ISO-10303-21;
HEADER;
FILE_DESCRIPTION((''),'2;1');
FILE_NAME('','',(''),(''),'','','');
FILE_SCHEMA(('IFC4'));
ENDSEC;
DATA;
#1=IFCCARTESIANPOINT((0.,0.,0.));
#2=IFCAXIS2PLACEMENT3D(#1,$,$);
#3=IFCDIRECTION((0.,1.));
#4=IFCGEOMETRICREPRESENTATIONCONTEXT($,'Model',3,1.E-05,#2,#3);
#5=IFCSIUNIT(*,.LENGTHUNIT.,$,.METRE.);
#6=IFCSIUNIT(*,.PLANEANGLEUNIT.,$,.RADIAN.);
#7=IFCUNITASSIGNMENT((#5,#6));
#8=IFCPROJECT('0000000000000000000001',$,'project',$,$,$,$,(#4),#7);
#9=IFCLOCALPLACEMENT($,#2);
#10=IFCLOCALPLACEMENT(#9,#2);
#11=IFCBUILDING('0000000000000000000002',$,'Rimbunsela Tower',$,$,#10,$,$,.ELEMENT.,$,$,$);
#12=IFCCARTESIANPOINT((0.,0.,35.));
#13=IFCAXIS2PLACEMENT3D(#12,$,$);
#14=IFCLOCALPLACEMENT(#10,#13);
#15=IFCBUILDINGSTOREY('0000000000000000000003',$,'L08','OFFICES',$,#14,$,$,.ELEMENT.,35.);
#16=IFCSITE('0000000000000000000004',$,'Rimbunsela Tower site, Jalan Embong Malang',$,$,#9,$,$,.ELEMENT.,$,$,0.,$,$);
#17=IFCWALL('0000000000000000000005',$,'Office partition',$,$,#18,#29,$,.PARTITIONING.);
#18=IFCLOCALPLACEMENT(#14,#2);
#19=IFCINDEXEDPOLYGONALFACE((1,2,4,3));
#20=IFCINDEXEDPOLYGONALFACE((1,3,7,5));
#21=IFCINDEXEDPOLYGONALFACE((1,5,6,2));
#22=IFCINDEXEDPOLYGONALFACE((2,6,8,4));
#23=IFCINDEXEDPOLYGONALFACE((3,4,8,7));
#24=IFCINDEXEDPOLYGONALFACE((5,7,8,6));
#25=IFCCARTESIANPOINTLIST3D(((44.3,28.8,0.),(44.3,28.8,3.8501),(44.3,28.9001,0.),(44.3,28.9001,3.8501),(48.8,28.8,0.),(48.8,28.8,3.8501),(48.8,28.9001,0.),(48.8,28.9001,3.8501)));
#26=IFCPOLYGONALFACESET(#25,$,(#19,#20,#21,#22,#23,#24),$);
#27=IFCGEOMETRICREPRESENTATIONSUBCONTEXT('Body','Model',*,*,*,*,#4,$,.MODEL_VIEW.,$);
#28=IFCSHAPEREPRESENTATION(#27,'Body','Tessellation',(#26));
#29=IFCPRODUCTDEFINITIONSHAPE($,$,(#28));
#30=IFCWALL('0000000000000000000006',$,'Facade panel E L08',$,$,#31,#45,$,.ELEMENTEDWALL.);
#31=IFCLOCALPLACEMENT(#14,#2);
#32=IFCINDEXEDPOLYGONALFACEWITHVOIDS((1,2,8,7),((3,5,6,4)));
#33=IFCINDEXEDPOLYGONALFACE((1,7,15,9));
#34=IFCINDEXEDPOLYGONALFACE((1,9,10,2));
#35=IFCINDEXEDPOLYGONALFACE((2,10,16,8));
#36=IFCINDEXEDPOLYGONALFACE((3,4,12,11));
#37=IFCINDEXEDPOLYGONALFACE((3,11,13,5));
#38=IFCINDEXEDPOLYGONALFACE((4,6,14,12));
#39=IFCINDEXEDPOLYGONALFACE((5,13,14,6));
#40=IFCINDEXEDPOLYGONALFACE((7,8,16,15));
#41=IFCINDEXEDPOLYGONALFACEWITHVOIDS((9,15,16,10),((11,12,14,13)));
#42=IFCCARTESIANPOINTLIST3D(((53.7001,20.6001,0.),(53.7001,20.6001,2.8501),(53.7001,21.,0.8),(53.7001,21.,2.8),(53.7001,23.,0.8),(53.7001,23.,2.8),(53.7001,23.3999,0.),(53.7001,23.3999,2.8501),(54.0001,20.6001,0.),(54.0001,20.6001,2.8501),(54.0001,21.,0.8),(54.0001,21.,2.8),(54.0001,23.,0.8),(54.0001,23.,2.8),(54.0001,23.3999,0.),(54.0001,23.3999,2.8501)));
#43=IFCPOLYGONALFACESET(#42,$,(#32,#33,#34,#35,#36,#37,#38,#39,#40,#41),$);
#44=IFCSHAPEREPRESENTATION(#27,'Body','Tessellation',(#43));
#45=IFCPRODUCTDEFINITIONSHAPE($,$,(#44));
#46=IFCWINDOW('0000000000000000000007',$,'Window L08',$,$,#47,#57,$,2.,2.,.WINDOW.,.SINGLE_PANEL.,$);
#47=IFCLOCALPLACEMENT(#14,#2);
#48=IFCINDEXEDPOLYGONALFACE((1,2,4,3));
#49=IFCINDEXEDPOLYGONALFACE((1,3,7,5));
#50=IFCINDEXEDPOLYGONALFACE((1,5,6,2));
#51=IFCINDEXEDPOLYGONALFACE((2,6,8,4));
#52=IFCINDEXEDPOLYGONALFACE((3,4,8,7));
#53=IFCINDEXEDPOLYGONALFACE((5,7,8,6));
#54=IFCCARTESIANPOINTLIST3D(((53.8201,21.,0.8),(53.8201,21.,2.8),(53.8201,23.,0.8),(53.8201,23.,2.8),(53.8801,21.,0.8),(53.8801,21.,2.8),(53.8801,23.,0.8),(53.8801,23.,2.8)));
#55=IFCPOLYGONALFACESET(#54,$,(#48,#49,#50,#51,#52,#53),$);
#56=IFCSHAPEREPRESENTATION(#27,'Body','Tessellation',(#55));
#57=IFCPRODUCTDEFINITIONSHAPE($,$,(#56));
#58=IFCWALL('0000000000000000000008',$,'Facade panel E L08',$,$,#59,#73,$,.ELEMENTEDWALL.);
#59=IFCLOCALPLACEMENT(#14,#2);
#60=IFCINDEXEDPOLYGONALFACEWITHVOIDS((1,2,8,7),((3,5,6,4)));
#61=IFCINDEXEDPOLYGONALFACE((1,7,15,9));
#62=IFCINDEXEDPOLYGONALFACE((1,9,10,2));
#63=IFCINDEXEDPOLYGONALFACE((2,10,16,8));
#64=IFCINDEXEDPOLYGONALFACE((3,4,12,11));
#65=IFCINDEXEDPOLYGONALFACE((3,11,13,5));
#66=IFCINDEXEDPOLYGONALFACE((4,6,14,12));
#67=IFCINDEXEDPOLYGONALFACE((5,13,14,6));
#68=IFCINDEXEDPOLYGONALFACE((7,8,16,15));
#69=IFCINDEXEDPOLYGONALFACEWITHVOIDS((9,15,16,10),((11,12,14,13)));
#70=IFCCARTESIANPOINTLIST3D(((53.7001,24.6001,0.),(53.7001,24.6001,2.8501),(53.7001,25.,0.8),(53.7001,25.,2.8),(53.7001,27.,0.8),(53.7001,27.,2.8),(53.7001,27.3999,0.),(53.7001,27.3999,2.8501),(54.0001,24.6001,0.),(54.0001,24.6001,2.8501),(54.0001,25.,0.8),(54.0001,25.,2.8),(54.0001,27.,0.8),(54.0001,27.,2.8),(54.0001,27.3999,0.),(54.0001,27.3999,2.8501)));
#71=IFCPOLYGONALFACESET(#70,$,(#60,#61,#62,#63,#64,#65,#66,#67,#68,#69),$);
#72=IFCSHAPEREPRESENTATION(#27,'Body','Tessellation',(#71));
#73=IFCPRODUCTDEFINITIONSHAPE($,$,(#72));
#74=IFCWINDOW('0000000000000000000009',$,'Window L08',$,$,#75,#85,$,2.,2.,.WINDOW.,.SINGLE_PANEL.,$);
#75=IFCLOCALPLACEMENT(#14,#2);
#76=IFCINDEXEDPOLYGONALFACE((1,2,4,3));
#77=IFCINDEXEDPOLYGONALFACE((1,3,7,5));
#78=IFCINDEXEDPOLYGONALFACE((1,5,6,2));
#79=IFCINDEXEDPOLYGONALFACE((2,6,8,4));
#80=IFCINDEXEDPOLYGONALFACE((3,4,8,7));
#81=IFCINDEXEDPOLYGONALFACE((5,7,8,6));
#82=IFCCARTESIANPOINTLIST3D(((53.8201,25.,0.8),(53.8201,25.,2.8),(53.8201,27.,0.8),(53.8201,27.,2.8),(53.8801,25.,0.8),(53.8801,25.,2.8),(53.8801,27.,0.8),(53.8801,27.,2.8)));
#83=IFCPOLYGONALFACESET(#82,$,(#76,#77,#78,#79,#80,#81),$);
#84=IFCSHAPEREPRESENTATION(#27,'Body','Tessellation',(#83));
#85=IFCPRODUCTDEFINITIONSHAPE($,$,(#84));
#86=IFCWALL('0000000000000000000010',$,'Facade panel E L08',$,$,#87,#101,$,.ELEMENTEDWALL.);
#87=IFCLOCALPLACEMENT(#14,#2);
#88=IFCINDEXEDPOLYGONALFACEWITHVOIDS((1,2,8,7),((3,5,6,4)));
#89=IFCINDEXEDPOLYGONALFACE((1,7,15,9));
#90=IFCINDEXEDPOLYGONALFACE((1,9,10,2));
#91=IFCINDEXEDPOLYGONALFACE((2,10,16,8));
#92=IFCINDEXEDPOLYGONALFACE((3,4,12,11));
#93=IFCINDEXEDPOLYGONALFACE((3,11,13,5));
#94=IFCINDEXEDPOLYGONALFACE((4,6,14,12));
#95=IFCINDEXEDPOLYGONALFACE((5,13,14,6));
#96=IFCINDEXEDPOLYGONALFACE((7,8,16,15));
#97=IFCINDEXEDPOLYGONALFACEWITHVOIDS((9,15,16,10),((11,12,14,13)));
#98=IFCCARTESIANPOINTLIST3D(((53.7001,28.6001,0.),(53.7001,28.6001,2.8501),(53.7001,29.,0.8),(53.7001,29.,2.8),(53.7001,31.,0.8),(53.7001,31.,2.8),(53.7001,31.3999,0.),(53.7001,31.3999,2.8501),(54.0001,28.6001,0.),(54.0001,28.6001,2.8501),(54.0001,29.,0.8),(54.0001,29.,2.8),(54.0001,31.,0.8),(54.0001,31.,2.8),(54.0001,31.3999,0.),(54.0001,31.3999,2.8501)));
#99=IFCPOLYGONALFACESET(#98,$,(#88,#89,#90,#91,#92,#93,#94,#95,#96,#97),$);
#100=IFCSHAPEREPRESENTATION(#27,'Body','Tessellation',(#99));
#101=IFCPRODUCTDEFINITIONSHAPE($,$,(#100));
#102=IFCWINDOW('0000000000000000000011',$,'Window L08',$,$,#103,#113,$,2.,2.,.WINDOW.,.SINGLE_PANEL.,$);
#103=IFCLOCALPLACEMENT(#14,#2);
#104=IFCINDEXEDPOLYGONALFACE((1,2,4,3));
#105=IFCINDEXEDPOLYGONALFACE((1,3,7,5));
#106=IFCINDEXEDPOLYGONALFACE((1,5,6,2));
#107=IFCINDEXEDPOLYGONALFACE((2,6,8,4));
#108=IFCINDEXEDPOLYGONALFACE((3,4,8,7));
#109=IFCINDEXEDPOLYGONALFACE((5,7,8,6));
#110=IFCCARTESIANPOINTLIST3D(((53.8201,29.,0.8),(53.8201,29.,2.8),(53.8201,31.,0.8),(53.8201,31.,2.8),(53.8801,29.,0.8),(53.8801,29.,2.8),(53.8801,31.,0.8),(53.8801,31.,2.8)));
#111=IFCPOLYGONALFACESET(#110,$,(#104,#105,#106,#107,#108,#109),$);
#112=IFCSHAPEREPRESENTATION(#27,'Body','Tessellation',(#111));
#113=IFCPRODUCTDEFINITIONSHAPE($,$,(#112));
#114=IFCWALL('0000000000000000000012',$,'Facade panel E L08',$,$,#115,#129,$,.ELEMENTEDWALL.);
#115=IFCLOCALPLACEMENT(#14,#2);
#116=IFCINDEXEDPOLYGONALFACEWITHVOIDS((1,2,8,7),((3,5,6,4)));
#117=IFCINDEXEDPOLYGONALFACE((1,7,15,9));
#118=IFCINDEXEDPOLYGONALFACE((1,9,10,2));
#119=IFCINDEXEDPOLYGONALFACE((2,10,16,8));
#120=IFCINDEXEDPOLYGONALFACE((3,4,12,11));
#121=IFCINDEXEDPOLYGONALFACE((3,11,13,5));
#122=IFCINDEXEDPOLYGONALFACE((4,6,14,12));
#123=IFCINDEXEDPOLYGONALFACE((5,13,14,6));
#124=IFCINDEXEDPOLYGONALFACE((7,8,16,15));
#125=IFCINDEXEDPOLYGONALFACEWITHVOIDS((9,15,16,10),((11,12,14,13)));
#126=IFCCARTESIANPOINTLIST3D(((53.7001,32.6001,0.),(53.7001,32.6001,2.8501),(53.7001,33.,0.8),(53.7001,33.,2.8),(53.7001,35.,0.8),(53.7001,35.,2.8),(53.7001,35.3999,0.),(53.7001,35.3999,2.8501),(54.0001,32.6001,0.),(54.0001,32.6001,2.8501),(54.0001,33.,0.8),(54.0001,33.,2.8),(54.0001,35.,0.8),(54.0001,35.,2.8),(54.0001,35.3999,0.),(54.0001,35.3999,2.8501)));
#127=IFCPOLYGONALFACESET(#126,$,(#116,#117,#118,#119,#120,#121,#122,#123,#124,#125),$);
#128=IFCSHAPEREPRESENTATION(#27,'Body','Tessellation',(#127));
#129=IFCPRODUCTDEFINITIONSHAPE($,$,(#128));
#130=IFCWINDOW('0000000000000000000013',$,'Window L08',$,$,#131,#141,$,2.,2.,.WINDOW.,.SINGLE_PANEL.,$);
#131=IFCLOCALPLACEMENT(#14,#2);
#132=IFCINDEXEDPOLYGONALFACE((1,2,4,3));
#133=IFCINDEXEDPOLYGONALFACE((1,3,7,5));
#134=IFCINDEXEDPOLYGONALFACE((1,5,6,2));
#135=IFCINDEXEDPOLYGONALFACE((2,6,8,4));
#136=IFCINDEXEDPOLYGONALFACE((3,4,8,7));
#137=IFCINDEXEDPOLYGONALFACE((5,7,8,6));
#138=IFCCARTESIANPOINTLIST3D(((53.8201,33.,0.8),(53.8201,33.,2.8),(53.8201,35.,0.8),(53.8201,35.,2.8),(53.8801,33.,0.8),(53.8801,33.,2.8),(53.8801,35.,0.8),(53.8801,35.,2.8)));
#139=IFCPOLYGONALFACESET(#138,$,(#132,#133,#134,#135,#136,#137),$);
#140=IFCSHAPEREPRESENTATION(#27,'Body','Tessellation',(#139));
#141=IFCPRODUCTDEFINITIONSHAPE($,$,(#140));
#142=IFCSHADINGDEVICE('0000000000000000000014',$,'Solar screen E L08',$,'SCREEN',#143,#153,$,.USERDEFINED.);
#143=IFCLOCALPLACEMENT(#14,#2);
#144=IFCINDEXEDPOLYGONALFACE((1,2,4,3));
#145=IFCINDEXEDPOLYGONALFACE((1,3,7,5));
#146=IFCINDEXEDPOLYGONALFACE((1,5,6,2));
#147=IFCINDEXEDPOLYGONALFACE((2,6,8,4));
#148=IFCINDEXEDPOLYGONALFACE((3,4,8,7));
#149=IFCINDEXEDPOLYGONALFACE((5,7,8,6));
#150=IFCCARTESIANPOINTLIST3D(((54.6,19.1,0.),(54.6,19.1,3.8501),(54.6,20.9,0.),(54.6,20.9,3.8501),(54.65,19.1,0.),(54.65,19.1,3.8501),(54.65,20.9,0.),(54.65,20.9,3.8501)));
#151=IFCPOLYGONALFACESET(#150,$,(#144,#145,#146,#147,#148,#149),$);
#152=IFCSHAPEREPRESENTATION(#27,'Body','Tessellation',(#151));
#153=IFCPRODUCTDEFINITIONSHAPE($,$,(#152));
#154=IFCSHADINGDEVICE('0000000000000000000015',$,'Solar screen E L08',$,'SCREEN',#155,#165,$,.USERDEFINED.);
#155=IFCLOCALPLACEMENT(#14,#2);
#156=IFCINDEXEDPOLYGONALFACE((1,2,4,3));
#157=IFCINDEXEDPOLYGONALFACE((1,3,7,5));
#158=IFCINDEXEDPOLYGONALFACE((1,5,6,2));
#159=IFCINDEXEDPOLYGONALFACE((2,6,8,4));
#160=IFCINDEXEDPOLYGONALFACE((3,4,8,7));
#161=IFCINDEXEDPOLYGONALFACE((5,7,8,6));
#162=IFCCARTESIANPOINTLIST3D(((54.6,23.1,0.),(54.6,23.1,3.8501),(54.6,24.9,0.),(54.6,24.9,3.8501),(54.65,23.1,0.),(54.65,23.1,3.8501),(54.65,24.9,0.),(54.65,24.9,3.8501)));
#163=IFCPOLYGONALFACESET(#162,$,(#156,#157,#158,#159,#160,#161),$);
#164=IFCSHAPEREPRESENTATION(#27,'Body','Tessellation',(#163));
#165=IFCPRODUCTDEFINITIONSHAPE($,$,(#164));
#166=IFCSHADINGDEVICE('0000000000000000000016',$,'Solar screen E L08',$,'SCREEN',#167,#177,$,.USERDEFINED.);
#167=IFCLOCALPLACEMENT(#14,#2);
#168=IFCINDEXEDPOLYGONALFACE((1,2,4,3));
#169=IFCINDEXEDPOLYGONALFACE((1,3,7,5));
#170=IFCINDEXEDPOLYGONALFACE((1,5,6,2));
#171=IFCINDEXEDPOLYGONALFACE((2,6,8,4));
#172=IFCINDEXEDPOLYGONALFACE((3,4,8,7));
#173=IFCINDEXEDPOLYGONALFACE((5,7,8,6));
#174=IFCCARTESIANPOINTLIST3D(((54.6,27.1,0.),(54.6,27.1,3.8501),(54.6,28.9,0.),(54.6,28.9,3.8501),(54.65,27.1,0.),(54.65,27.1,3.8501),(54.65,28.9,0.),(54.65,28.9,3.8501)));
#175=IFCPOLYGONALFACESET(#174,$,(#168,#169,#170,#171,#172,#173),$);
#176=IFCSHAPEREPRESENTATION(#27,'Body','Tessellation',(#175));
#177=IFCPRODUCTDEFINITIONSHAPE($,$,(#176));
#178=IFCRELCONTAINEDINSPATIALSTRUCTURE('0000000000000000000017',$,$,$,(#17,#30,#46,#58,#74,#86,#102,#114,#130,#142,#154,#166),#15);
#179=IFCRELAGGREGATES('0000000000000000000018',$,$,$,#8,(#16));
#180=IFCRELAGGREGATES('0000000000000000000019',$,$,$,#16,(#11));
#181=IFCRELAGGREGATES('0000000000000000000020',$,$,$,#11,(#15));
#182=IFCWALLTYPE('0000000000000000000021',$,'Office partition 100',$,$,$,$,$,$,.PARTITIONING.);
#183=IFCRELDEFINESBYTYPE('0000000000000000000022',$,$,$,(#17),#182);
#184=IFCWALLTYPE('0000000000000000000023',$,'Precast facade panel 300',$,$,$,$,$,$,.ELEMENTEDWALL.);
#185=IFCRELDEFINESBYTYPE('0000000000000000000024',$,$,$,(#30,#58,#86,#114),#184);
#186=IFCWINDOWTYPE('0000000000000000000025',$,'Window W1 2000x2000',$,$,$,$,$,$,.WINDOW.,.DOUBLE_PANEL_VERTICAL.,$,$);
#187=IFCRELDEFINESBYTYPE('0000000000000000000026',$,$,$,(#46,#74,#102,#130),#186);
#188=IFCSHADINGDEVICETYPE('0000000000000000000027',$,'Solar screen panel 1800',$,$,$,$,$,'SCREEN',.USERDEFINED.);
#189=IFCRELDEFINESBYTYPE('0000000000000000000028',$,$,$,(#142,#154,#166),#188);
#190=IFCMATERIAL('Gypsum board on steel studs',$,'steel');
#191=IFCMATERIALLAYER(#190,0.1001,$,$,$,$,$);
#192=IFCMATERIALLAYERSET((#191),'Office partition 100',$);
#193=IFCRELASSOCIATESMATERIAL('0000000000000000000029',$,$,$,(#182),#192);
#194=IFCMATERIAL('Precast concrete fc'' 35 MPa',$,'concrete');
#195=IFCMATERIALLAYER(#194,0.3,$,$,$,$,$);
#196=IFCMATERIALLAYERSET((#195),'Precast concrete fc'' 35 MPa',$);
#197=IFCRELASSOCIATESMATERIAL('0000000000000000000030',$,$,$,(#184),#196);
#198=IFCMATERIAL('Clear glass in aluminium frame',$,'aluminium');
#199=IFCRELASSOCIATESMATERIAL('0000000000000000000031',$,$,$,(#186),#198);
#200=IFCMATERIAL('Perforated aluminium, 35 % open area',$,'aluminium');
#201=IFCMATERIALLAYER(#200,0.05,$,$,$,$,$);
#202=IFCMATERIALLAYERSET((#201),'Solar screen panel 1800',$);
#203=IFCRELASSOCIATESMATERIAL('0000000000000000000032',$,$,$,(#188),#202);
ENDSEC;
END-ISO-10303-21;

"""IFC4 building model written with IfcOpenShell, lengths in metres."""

from ifc_helpers import new_model, si_unit, direction, frame, frame_2d, origin, origin_2d, place, context, subcontext, project, spatial, rectangle, extrude, material, layer, layer_set, type_object, element, fill, save


model = new_model("IFC4")

# Units and contexts
model_context = context("Model", 3, precision=1e-05, world=origin(), true_north=direction((0.0, 1.0)))
body_context = subcontext(model_context, "Body", "Model", "MODEL_VIEW")
ifc_project = project(units=[si_unit("LENGTHUNIT", "METRE"), si_unit("PLANEANGLEUNIT", "RADIAN")], contexts=[model_context])

# Site, building, storey
site_placement = place(None, origin())
site = spatial("IfcSite", under=ifc_project, at=site_placement, Name="Rimbunsela Tower site, Jalan Embong Malang", CompositionType="ELEMENT", RefElevation=0.0)
building_placement = place(site_placement, origin())
building = spatial("IfcBuilding", under=site, at=building_placement, Name="Rimbunsela Tower", CompositionType="ELEMENT")
storey_placement = place(building_placement, frame((0.0, 0.0, 35.0)))
storey = spatial("IfcBuildingStorey", under=building, at=storey_placement, Name="L08", Description="OFFICES", CompositionType="ELEMENT", Elevation=35.0)

# Shared definitions
ifc_material_1 = material(Name="Gypsum board on steel studs", Category="steel")
ifc_layer_1 = layer(ifc_material_1, 0.1001)
ifc_layer_set_1 = layer_set([ifc_layer_1], Name="Office partition 100")
wall_type_1 = type_object("IfcWallType", Name="Office partition 100", PredefinedType="PARTITIONING", material=ifc_layer_set_1)

# Wall
wall_1_placement = place(storey_placement, frame((48.8, 28.8501, 0.0), z_axis=(0.0, 0.0, 1.0), x_axis=(-1.0, 0.0, 0.0)))
element("IfcWall", 1, at=wall_1_placement, inside=storey, type_object=wall_type_1, Name="Office partition", PredefinedType="PARTITIONING", context=body_context, shape_type="SweptSolid", body=[
    extrude(rectangle(XDim=4.5, YDim=0.1001, at=frame_2d((2.25, 0.0))), origin(), (0.0, 0.0, 1.0), 3.8501),
])

# Walls, openings, windows
ifc_material_2 = material(Name="Precast concrete fc' 35 MPa", Category="concrete")
ifc_layer_2 = layer(ifc_material_2, 0.3)
ifc_layer_set_2 = layer_set([ifc_layer_2], Name="Precast concrete fc' 35 MPa")
wall_type_2 = type_object("IfcWallType", Name="Precast facade panel 300", PredefinedType="ELEMENTEDWALL", material=ifc_layer_set_2)
wall_2_placement = place(storey_placement, frame((53.8501, 20.6001, 0.0), z_axis=(0.0, 0.0, 1.0), x_axis=(0.0, 1.0, 0.0)))
wall_2 = element("IfcWall", 2, at=wall_2_placement, inside=storey, type_object=wall_type_2, Name="Facade panel E L08", PredefinedType="ELEMENTEDWALL", context=body_context, shape_type="SweptSolid", body=[
    extrude(rectangle(XDim=2.7998, YDim=0.3, at=frame_2d((1.3999, 0.0))), origin(), (0.0, 0.0, 1.0), 2.8501),
])
opening_1_placement = place(wall_2_placement, frame((0.3999, 0.0, 0.8)))
opening_1 = element("IfcOpeningElement", 3, at=opening_1_placement, cuts=wall_2, PredefinedType="OPENING", context=body_context, shape_type="SweptSolid", body=[
    extrude(rectangle(XDim=2.0, YDim=2.0, at=frame_2d((1.0, 1.0))), frame((0.0, 0.1599, 0.0), z_axis=(0.0, -1.0, 0.0), x_axis=(1.0, 0.0, 0.0)), (0.0, 0.0, 1.0), 0.3201),
])
ifc_material_3 = material(Name="Clear glass in aluminium frame", Category="aluminium")
window_type = type_object("IfcWindowType", Name="Window W1 2000x2000", PartitioningType="DOUBLE_PANEL_VERTICAL", PredefinedType="WINDOW", material=ifc_material_3)
window_1_placement = place(opening_1_placement, origin())
window_1 = element("IfcWindow", 4, at=window_1_placement, inside=storey, type_object=window_type, Name="Window L08", OverallHeight=2.0, OverallWidth=2.0, PartitioningType="SINGLE_PANEL", PredefinedType="WINDOW", context=body_context, shape_type="SweptSolid", body=[
    extrude(rectangle(XDim=2.0, YDim=2.0, at=frame_2d((1.0, 1.0))), frame((0.0, 0.03, 0.0), z_axis=(0.0, -1.0, 0.0), x_axis=(1.0, 0.0, 0.0)), (0.0, 0.0, 1.0), 0.0601),
])
fill(opening_1, window_1)
wall_3_placement = place(storey_placement, frame((53.8501, 24.6001, 0.0), z_axis=(0.0, 0.0, 1.0), x_axis=(0.0, 1.0, 0.0)))
wall_3 = element("IfcWall", 5, at=wall_3_placement, inside=storey, type_object=wall_type_2, Name="Facade panel E L08", PredefinedType="ELEMENTEDWALL", context=body_context, shape_type="SweptSolid", body=[
    extrude(rectangle(XDim=2.7998, YDim=0.3, at=frame_2d((1.3999, 0.0))), origin(), (0.0, 0.0, 1.0), 2.8501),
])
opening_2_placement = place(wall_3_placement, frame((0.3999, 0.0, 0.8)))
opening_2 = element("IfcOpeningElement", 6, at=opening_2_placement, cuts=wall_3, PredefinedType="OPENING", context=body_context, shape_type="SweptSolid", body=[
    extrude(rectangle(XDim=2.0, YDim=2.0, at=frame_2d((1.0, 1.0))), frame((0.0, 0.1599, 0.0), z_axis=(0.0, -1.0, 0.0), x_axis=(1.0, 0.0, 0.0)), (0.0, 0.0, 1.0), 0.3201),
])
window_2_placement = place(opening_2_placement, origin())
window_2 = element("IfcWindow", 7, at=window_2_placement, inside=storey, type_object=window_type, Name="Window L08", OverallHeight=2.0, OverallWidth=2.0, PartitioningType="SINGLE_PANEL", PredefinedType="WINDOW", context=body_context, shape_type="SweptSolid", body=[
    extrude(rectangle(XDim=2.0, YDim=2.0, at=frame_2d((1.0, 1.0))), frame((0.0, 0.03, 0.0), z_axis=(0.0, -1.0, 0.0), x_axis=(1.0, 0.0, 0.0)), (0.0, 0.0, 1.0), 0.0601),
])
fill(opening_2, window_2)
wall_4_placement = place(storey_placement, frame((53.8501, 28.6001, 0.0), z_axis=(0.0, 0.0, 1.0), x_axis=(0.0, 1.0, 0.0)))
wall_4 = element("IfcWall", 8, at=wall_4_placement, inside=storey, type_object=wall_type_2, Name="Facade panel E L08", PredefinedType="ELEMENTEDWALL", context=body_context, shape_type="SweptSolid", body=[
    extrude(rectangle(XDim=2.7998, YDim=0.3, at=frame_2d((1.3999, 0.0))), origin(), (0.0, 0.0, 1.0), 2.8501),
])
opening_3_placement = place(wall_4_placement, frame((0.3999, 0.0, 0.8)))
opening_3 = element("IfcOpeningElement", 9, at=opening_3_placement, cuts=wall_4, PredefinedType="OPENING", context=body_context, shape_type="SweptSolid", body=[
    extrude(rectangle(XDim=2.0, YDim=2.0, at=frame_2d((1.0, 1.0))), frame((0.0, 0.1599, 0.0), z_axis=(0.0, -1.0, 0.0), x_axis=(1.0, 0.0, 0.0)), (0.0, 0.0, 1.0), 0.3201),
])
window_3_placement = place(opening_3_placement, origin())
window_3 = element("IfcWindow", 10, at=window_3_placement, inside=storey, type_object=window_type, Name="Window L08", OverallHeight=2.0, OverallWidth=2.0, PartitioningType="SINGLE_PANEL", PredefinedType="WINDOW", context=body_context, shape_type="SweptSolid", body=[
    extrude(rectangle(XDim=2.0, YDim=2.0, at=frame_2d((1.0, 1.0))), frame((0.0, 0.03, 0.0), z_axis=(0.0, -1.0, 0.0), x_axis=(1.0, 0.0, 0.0)), (0.0, 0.0, 1.0), 0.0601),
])
fill(opening_3, window_3)
wall_5_placement = place(storey_placement, frame((53.8501, 32.6001, 0.0), z_axis=(0.0, 0.0, 1.0), x_axis=(0.0, 1.0, 0.0)))
wall_5 = element("IfcWall", 11, at=wall_5_placement, inside=storey, type_object=wall_type_2, Name="Facade panel E L08", PredefinedType="ELEMENTEDWALL", context=body_context, shape_type="SweptSolid", body=[
    extrude(rectangle(XDim=2.7998, YDim=0.3, at=frame_2d((1.3999, 0.0))), origin(), (0.0, 0.0, 1.0), 2.8501),
])
opening_4_placement = place(wall_5_placement, frame((0.3999, 0.0, 0.8)))
opening_4 = element("IfcOpeningElement", 12, at=opening_4_placement, cuts=wall_5, PredefinedType="OPENING", context=body_context, shape_type="SweptSolid", body=[
    extrude(rectangle(XDim=2.0, YDim=2.0, at=frame_2d((1.0, 1.0))), frame((0.0, 0.1599, 0.0), z_axis=(0.0, -1.0, 0.0), x_axis=(1.0, 0.0, 0.0)), (0.0, 0.0, 1.0), 0.3201),
])
window_4_placement = place(opening_4_placement, origin())
window_4 = element("IfcWindow", 13, at=window_4_placement, inside=storey, type_object=window_type, Name="Window L08", OverallHeight=2.0, OverallWidth=2.0, PartitioningType="SINGLE_PANEL", PredefinedType="WINDOW", context=body_context, shape_type="SweptSolid", body=[
    extrude(rectangle(XDim=2.0, YDim=2.0, at=frame_2d((1.0, 1.0))), frame((0.0, 0.03, 0.0), z_axis=(0.0, -1.0, 0.0), x_axis=(1.0, 0.0, 0.0)), (0.0, 0.0, 1.0), 0.0601),
])
fill(opening_4, window_4)

# Shading devices
ifc_material_4 = material(Name="Perforated aluminium, 35 % open area", Category="aluminium")
ifc_layer_3 = layer(ifc_material_4, 0.05)
ifc_layer_set_3 = layer_set([ifc_layer_3], Name="Solar screen panel 1800")
shading_device_type = type_object("IfcShadingDeviceType", Name="Solar screen panel 1800", ElementType="SCREEN", PredefinedType="USERDEFINED", material=ifc_layer_set_3)
for number, where, z_axis, x_axis, name in (
    (14, (54.625, 20.0, 0.0), (0.0, 0.0, 1.0), (0.0, 1.0, 0.0), "Solar screen E L08"),
    (15, (54.625, 24.0, 0.0), (0.0, 0.0, 1.0), (0.0, 1.0, 0.0), "Solar screen E L08"),
    (16, (54.625, 28.0, 0.0), (0.0, 0.0, 1.0), (0.0, 1.0, 0.0), "Solar screen E L08"),
):
    element("IfcShadingDevice", number, at=place(storey_placement, frame(where, z_axis=z_axis, x_axis=x_axis)), inside=storey, type_object=shading_device_type, Name=name, ObjectType="SCREEN", PredefinedType="USERDEFINED", context=body_context, shape_type="SweptSolid", body=[
        extrude(rectangle(XDim=1.8, YDim=0.05, at=origin_2d()), origin(), (0.0, 0.0, 1.0), 3.8501),
    ])

save(model, "model.ifc")
